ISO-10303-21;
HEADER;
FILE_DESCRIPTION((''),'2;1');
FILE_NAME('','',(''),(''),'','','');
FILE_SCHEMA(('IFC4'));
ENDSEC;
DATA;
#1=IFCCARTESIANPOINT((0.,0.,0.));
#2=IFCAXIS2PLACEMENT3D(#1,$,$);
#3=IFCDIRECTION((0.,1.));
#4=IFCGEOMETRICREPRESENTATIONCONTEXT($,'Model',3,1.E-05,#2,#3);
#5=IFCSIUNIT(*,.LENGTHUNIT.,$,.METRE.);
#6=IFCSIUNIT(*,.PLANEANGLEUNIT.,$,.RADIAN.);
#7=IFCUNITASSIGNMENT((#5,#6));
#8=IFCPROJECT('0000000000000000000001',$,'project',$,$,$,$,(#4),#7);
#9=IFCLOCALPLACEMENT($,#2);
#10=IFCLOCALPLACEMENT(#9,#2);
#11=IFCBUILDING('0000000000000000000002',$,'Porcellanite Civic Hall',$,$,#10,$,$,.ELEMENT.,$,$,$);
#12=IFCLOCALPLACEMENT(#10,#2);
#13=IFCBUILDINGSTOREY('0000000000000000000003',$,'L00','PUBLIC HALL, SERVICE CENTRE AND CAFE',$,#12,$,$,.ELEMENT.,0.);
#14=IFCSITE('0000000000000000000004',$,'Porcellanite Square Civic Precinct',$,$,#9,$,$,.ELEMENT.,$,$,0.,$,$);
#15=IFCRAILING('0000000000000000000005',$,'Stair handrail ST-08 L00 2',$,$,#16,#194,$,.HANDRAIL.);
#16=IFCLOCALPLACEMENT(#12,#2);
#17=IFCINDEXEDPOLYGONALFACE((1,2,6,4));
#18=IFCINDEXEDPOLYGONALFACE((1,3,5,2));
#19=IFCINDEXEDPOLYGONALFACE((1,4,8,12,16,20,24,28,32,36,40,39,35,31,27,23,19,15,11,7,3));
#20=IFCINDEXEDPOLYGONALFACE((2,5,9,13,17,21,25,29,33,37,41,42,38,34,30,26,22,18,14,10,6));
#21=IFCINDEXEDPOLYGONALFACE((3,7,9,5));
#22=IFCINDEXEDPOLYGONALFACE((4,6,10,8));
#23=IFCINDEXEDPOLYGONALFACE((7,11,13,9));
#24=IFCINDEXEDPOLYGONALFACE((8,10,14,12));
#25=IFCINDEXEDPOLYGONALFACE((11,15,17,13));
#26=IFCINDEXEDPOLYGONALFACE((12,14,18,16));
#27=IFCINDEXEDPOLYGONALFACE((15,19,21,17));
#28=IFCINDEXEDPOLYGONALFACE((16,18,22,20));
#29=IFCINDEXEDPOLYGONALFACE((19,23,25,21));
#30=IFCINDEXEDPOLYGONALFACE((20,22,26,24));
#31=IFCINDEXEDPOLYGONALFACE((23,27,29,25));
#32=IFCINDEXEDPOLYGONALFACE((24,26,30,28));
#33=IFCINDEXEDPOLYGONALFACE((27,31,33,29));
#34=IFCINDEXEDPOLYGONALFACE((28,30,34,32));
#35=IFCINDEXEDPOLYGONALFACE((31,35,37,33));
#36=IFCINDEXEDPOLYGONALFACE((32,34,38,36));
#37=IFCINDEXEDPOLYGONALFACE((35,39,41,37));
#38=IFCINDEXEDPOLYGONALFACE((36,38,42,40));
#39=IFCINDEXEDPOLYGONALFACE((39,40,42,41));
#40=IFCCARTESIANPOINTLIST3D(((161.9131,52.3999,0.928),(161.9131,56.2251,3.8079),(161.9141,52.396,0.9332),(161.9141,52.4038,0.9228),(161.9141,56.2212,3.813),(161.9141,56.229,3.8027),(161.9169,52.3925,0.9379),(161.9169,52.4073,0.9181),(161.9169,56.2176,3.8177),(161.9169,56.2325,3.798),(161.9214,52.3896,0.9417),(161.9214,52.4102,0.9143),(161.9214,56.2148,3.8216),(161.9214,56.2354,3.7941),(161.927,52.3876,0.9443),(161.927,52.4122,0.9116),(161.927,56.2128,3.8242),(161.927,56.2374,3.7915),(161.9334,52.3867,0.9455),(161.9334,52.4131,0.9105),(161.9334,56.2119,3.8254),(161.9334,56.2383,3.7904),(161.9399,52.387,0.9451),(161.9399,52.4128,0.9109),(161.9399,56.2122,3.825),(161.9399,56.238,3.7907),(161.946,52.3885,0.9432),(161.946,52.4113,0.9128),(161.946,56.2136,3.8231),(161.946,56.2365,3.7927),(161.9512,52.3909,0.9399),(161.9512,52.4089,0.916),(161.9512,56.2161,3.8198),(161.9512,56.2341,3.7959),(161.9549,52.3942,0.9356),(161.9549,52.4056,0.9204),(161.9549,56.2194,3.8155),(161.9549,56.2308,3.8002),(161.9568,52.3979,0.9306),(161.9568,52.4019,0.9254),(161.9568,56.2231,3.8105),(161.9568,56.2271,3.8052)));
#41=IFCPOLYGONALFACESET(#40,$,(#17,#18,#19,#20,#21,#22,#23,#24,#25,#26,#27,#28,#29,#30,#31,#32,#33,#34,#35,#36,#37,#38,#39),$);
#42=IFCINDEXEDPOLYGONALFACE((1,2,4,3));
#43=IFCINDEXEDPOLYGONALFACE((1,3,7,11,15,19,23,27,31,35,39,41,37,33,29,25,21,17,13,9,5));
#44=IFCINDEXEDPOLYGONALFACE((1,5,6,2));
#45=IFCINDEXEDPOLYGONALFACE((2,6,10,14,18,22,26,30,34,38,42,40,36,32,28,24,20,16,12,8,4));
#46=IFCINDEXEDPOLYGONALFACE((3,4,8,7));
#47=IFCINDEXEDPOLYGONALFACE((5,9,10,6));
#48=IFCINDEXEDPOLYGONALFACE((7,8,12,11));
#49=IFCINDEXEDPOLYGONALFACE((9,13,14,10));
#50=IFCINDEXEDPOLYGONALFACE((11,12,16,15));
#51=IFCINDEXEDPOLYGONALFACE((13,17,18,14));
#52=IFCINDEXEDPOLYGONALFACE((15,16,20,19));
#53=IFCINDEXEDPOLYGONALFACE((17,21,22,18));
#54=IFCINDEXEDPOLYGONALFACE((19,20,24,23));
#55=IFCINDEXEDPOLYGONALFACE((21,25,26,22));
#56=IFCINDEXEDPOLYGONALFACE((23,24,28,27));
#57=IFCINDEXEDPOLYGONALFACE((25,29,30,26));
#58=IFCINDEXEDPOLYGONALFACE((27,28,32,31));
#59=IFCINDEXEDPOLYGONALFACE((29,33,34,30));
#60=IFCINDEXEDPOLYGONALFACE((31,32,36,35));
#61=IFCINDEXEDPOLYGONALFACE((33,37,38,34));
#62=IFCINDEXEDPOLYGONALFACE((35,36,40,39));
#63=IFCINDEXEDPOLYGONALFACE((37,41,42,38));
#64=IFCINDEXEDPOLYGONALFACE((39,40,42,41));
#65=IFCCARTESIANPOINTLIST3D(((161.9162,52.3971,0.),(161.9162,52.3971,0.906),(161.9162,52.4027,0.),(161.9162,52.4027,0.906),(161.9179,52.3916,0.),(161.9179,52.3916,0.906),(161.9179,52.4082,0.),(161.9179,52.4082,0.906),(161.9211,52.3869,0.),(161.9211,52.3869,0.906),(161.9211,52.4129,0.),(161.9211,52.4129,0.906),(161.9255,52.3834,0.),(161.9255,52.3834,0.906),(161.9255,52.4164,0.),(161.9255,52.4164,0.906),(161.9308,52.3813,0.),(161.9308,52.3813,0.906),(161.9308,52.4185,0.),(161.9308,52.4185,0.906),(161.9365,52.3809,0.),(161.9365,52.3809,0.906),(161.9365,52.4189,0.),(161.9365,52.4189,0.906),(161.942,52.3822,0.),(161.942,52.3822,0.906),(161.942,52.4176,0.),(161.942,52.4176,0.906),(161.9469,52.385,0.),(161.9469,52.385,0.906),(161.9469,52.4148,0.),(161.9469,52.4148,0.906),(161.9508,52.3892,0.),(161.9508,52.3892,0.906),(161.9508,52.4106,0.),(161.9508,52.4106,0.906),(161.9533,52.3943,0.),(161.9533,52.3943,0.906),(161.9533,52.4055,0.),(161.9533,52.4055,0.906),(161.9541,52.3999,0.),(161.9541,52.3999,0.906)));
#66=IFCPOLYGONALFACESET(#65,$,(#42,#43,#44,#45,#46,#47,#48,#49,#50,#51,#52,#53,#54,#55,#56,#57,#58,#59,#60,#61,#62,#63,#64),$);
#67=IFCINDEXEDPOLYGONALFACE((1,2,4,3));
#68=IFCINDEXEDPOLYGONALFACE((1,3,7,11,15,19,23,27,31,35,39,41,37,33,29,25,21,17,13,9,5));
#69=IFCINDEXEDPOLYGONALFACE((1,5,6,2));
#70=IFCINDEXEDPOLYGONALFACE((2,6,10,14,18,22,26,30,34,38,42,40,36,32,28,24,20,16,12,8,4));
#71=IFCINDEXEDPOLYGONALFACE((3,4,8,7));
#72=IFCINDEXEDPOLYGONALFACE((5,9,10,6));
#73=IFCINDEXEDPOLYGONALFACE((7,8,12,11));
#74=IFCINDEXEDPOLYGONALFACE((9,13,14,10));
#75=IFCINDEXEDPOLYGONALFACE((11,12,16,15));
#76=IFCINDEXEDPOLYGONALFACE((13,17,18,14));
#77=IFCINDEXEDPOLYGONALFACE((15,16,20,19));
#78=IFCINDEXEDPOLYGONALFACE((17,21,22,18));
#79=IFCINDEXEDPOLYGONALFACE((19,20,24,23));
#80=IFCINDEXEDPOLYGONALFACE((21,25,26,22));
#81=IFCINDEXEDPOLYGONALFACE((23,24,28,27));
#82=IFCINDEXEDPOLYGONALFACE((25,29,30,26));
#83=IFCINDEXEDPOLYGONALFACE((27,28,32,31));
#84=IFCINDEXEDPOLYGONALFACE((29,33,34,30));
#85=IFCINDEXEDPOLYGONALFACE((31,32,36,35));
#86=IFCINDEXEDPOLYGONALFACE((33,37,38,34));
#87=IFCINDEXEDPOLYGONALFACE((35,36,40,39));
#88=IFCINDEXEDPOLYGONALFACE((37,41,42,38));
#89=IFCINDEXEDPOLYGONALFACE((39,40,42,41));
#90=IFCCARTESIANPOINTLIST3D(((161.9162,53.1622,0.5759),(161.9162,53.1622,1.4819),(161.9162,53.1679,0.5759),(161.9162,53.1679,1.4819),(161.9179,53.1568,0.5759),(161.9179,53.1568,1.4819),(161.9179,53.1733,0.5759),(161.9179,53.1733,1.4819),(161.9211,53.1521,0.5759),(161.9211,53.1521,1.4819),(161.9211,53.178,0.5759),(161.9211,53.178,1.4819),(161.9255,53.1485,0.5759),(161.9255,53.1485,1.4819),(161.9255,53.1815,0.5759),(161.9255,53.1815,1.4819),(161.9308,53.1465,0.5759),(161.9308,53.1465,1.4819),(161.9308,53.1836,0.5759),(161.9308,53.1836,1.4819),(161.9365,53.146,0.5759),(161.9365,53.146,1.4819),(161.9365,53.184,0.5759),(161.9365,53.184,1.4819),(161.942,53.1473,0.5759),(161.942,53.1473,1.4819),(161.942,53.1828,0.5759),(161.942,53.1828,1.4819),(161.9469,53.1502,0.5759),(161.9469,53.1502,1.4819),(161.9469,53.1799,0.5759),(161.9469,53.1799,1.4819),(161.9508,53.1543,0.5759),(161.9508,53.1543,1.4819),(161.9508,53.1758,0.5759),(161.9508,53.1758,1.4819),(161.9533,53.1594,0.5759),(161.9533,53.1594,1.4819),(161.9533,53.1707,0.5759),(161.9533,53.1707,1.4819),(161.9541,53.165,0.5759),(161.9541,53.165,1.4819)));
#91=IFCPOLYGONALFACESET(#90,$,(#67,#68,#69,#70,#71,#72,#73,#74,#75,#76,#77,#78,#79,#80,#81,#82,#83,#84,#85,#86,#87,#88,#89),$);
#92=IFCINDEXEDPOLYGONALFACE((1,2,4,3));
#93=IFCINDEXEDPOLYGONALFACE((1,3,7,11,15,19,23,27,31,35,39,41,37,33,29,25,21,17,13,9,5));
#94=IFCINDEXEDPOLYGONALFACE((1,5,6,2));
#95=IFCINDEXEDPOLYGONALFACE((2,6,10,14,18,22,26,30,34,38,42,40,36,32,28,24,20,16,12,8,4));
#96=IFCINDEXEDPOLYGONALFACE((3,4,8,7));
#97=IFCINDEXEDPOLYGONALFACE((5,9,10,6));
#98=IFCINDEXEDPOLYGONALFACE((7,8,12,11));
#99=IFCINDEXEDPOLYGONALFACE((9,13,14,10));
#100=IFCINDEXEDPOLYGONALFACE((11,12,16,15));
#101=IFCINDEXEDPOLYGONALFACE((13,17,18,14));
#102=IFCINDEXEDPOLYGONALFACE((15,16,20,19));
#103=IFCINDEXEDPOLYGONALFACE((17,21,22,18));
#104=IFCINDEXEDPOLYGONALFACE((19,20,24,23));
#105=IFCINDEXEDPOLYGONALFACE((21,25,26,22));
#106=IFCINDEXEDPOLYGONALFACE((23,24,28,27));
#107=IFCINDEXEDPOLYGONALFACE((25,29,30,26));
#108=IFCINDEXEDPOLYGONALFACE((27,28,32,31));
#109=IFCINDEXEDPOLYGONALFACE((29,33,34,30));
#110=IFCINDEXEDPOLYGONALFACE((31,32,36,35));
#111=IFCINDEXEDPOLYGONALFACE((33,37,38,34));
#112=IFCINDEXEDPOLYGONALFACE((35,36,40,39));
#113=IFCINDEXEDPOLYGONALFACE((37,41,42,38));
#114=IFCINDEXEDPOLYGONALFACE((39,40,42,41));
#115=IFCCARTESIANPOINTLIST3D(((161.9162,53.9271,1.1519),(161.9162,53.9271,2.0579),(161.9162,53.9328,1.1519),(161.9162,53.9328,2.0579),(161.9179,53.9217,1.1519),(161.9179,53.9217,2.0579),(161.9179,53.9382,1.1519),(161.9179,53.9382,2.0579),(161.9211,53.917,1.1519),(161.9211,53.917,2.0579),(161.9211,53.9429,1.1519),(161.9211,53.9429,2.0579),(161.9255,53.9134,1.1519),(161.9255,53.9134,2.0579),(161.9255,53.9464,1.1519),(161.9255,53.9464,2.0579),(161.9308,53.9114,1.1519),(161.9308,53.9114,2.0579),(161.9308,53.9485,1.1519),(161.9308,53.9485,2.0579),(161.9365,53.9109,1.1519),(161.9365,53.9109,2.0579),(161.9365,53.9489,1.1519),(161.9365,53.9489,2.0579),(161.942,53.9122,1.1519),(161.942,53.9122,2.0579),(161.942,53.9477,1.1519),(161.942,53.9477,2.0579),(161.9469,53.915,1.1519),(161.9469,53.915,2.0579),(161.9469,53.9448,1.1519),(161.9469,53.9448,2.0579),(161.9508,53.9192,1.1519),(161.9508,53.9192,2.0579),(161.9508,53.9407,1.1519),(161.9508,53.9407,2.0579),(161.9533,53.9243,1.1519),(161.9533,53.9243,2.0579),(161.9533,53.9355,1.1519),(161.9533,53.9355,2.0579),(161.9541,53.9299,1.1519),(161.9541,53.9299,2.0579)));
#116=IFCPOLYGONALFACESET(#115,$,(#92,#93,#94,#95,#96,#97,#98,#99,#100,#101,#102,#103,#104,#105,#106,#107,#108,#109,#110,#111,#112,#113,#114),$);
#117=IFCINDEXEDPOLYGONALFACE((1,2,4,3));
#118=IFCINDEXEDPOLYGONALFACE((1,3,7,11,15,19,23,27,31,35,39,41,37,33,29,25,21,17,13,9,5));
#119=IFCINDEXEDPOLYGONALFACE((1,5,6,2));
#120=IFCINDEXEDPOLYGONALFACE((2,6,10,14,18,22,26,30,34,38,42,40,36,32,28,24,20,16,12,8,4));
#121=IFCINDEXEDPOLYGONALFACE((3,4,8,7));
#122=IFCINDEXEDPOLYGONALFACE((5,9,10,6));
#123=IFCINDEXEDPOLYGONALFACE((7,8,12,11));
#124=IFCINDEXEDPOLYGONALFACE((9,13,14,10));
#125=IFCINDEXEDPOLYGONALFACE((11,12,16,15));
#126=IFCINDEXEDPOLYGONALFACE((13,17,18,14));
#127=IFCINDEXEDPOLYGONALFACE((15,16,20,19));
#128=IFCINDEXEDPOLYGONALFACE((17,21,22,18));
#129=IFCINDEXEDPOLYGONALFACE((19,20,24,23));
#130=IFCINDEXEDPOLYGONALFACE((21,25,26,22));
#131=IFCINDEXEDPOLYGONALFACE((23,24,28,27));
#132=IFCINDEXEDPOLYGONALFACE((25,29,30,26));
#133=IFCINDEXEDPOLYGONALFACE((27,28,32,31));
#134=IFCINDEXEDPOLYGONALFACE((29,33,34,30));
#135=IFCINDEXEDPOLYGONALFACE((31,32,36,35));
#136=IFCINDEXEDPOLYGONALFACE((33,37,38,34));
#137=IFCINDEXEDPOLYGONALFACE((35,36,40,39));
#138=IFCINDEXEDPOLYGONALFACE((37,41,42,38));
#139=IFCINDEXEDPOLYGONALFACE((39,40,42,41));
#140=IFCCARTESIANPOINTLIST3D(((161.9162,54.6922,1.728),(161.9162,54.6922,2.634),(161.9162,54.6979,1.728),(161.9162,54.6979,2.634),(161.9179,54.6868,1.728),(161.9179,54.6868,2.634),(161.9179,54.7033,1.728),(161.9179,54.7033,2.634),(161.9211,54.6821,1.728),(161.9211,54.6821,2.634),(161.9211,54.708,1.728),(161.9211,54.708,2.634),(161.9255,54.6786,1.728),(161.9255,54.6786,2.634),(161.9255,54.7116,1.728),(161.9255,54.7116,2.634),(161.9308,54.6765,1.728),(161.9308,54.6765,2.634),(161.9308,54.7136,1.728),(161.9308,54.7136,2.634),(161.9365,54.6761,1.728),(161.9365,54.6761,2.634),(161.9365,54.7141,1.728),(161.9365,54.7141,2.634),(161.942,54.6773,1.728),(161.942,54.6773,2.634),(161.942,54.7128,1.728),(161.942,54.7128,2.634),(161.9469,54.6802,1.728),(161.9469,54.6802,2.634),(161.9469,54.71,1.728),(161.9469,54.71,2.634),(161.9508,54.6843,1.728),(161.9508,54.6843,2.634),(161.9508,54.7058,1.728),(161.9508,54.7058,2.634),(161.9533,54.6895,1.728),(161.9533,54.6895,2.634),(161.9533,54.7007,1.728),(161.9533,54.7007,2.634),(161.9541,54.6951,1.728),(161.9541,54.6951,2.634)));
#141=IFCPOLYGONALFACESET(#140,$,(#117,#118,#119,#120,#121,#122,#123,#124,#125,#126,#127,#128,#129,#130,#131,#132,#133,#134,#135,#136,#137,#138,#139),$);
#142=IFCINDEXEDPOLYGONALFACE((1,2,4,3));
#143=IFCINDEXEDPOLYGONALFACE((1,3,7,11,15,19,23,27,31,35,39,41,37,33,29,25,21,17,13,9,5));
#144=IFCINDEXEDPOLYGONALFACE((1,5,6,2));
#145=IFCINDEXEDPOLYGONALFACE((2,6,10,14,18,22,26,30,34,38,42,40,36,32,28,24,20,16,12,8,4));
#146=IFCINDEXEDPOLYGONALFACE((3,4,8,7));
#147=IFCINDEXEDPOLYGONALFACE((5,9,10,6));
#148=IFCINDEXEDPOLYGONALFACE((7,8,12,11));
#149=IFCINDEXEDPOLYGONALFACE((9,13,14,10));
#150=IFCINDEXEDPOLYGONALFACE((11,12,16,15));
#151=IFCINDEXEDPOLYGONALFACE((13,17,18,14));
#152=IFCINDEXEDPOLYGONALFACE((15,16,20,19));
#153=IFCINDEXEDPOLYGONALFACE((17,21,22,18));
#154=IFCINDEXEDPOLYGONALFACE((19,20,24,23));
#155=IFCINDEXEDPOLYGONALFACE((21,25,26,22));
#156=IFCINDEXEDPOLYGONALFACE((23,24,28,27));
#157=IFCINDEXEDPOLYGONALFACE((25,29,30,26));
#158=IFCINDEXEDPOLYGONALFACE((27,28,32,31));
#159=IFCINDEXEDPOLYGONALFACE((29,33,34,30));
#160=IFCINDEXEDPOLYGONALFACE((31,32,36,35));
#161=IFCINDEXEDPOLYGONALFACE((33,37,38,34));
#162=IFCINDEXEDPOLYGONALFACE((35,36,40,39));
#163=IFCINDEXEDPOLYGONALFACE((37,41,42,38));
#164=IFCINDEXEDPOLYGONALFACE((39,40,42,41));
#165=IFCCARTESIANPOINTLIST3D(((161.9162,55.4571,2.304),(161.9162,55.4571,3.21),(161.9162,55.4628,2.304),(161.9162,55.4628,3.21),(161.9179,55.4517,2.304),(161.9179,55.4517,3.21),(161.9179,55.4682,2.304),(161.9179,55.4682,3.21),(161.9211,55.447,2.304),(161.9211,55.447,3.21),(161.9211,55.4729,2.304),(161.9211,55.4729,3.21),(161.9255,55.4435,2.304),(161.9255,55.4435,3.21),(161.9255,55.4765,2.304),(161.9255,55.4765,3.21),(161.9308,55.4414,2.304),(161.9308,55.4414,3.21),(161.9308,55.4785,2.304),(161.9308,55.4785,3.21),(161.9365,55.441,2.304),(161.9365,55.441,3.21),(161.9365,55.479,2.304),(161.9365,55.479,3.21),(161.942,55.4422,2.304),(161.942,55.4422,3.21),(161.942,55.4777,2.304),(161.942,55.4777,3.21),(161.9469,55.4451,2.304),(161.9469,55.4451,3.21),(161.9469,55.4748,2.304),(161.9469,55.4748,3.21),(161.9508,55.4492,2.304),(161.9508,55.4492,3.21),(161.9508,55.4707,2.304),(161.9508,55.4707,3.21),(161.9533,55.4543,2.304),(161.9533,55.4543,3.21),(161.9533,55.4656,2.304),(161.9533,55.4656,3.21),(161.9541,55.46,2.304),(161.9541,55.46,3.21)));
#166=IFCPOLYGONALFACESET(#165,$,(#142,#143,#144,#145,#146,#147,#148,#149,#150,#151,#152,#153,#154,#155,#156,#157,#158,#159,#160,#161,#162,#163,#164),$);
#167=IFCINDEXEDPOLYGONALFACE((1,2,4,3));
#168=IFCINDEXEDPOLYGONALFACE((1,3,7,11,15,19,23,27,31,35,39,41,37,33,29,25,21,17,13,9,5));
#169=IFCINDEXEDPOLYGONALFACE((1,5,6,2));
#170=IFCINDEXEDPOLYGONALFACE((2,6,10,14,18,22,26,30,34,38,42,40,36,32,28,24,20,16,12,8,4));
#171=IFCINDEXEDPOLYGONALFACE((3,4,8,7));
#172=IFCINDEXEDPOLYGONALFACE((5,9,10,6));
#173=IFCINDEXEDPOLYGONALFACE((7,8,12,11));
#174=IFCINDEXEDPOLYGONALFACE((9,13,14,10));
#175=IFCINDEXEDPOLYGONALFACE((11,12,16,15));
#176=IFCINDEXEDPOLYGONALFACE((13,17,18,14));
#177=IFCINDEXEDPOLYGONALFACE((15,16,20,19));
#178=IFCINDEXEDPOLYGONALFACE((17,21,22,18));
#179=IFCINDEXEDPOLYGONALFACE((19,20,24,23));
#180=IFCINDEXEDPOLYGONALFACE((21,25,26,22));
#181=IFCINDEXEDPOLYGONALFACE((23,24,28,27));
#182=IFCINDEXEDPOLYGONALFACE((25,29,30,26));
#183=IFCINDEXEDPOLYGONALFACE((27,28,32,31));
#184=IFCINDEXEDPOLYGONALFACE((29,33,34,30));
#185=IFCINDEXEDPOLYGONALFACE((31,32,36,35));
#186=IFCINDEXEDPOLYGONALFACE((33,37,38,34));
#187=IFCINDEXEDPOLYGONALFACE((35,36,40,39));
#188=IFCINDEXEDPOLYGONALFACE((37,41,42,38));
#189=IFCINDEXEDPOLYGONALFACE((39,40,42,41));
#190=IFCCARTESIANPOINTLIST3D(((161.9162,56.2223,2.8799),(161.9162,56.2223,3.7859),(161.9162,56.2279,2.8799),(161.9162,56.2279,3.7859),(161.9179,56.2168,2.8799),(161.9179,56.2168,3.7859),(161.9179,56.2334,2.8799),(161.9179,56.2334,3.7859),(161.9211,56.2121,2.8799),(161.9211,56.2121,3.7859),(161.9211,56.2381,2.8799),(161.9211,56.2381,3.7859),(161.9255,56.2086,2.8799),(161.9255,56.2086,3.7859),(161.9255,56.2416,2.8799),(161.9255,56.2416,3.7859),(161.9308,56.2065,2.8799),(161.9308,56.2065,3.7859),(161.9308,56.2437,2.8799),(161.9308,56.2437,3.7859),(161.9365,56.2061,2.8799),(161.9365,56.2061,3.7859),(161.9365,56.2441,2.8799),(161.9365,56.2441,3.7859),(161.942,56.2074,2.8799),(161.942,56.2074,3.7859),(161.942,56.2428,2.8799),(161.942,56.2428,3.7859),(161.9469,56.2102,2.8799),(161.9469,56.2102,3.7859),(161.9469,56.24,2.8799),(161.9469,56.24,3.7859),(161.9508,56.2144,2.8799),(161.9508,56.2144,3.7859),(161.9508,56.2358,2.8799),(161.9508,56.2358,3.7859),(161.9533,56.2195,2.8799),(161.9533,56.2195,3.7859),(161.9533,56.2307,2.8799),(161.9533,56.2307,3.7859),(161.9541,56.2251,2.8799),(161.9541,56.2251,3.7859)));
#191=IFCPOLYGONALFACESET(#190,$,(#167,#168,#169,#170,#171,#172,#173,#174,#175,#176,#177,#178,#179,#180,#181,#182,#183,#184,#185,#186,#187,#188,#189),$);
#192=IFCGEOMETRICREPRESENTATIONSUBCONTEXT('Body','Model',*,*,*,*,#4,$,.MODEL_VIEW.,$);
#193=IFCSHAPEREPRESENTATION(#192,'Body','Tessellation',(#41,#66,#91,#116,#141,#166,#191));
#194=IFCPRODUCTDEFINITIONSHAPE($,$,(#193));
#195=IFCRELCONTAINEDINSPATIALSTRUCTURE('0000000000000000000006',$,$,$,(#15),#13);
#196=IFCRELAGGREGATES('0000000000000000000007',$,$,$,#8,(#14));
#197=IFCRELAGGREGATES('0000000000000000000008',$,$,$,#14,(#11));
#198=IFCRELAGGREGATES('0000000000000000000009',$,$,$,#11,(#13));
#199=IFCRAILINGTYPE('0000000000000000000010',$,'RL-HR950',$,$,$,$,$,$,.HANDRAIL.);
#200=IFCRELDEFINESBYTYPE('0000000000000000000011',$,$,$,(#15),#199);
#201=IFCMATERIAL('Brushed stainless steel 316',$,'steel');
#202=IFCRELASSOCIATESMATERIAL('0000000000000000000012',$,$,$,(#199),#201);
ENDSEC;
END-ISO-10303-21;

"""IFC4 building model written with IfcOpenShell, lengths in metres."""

from ifc_helpers import new_model, si_unit, direction, frame, origin, origin_2d, place, context, subcontext, project, spatial, circle, extrude, material, type_object, element, save


model = new_model("IFC4")

# Units and contexts
model_context = context("Model", 3, precision=1e-05, world=origin(), true_north=direction((0.0, 1.0)))
body_context = subcontext(model_context, "Body", "Model", "MODEL_VIEW")
ifc_project = project(units=[si_unit("LENGTHUNIT", "METRE"), si_unit("PLANEANGLEUNIT", "RADIAN")], contexts=[model_context])

# Site, building, storey
site_placement = place(None, origin())
site = spatial("IfcSite", under=ifc_project, at=site_placement, Name="Porcellanite Square Civic Precinct", CompositionType="ELEMENT", RefElevation=0.0)
building_placement = place(site_placement, origin())
building = spatial("IfcBuilding", under=site, at=building_placement, Name="Porcellanite Civic Hall", CompositionType="ELEMENT")
storey_placement = place(building_placement, origin())
storey = spatial("IfcBuildingStorey", under=building, at=storey_placement, Name="L00", Description="PUBLIC HALL, SERVICE CENTRE AND CAFE", CompositionType="ELEMENT", Elevation=0.0)

# Railing
ifc_material_1 = material(Name="Brushed stainless steel 316", Category="steel")
railing_type_1 = type_object("IfcRailingType", Name="RL-HR950", PredefinedType="HANDRAIL", material=ifc_material_1)
railing_1_placement = place(storey_placement, frame((161.9351, 52.3999, 0.0)))
element("IfcRailing", 1, at=railing_1_placement, inside=storey, type_object=railing_type_1, Name="Stair handrail ST-08 L00 2", PredefinedType="HANDRAIL", context=body_context, shape_type="SweptSolid", body=[
    extrude(circle(Radius=0.022, at=origin_2d()), frame((0.0, 0.0, 0.928), z_axis=(0.0, 0.798897, 0.601467), x_axis=(-1.0, 0.0, 0.0)), (0.0, 0.0, 1.0), 4.7881),
    extrude(circle(Radius=0.019, at=origin_2d()), origin(), (0.0, 0.0, 1.0), 0.906),
    extrude(circle(Radius=0.019, at=origin_2d()), frame((0.0, 0.7651, 0.5759)), (0.0, 0.0, 1.0), 0.906),
    extrude(circle(Radius=0.019, at=origin_2d()), frame((0.0, 1.53, 1.1519)), (0.0, 0.0, 1.0), 0.906),
    extrude(circle(Radius=0.019, at=origin_2d()), frame((0.0, 2.2952, 1.728)), (0.0, 0.0, 1.0), 0.906),
    extrude(circle(Radius=0.019, at=origin_2d()), frame((0.0, 3.0601, 2.304)), (0.0, 0.0, 1.0), 0.906),
    extrude(circle(Radius=0.019, at=origin_2d()), frame((0.0, 3.8252, 2.8799)), (0.0, 0.0, 1.0), 0.906),
])

save(model, "model.ifc")
